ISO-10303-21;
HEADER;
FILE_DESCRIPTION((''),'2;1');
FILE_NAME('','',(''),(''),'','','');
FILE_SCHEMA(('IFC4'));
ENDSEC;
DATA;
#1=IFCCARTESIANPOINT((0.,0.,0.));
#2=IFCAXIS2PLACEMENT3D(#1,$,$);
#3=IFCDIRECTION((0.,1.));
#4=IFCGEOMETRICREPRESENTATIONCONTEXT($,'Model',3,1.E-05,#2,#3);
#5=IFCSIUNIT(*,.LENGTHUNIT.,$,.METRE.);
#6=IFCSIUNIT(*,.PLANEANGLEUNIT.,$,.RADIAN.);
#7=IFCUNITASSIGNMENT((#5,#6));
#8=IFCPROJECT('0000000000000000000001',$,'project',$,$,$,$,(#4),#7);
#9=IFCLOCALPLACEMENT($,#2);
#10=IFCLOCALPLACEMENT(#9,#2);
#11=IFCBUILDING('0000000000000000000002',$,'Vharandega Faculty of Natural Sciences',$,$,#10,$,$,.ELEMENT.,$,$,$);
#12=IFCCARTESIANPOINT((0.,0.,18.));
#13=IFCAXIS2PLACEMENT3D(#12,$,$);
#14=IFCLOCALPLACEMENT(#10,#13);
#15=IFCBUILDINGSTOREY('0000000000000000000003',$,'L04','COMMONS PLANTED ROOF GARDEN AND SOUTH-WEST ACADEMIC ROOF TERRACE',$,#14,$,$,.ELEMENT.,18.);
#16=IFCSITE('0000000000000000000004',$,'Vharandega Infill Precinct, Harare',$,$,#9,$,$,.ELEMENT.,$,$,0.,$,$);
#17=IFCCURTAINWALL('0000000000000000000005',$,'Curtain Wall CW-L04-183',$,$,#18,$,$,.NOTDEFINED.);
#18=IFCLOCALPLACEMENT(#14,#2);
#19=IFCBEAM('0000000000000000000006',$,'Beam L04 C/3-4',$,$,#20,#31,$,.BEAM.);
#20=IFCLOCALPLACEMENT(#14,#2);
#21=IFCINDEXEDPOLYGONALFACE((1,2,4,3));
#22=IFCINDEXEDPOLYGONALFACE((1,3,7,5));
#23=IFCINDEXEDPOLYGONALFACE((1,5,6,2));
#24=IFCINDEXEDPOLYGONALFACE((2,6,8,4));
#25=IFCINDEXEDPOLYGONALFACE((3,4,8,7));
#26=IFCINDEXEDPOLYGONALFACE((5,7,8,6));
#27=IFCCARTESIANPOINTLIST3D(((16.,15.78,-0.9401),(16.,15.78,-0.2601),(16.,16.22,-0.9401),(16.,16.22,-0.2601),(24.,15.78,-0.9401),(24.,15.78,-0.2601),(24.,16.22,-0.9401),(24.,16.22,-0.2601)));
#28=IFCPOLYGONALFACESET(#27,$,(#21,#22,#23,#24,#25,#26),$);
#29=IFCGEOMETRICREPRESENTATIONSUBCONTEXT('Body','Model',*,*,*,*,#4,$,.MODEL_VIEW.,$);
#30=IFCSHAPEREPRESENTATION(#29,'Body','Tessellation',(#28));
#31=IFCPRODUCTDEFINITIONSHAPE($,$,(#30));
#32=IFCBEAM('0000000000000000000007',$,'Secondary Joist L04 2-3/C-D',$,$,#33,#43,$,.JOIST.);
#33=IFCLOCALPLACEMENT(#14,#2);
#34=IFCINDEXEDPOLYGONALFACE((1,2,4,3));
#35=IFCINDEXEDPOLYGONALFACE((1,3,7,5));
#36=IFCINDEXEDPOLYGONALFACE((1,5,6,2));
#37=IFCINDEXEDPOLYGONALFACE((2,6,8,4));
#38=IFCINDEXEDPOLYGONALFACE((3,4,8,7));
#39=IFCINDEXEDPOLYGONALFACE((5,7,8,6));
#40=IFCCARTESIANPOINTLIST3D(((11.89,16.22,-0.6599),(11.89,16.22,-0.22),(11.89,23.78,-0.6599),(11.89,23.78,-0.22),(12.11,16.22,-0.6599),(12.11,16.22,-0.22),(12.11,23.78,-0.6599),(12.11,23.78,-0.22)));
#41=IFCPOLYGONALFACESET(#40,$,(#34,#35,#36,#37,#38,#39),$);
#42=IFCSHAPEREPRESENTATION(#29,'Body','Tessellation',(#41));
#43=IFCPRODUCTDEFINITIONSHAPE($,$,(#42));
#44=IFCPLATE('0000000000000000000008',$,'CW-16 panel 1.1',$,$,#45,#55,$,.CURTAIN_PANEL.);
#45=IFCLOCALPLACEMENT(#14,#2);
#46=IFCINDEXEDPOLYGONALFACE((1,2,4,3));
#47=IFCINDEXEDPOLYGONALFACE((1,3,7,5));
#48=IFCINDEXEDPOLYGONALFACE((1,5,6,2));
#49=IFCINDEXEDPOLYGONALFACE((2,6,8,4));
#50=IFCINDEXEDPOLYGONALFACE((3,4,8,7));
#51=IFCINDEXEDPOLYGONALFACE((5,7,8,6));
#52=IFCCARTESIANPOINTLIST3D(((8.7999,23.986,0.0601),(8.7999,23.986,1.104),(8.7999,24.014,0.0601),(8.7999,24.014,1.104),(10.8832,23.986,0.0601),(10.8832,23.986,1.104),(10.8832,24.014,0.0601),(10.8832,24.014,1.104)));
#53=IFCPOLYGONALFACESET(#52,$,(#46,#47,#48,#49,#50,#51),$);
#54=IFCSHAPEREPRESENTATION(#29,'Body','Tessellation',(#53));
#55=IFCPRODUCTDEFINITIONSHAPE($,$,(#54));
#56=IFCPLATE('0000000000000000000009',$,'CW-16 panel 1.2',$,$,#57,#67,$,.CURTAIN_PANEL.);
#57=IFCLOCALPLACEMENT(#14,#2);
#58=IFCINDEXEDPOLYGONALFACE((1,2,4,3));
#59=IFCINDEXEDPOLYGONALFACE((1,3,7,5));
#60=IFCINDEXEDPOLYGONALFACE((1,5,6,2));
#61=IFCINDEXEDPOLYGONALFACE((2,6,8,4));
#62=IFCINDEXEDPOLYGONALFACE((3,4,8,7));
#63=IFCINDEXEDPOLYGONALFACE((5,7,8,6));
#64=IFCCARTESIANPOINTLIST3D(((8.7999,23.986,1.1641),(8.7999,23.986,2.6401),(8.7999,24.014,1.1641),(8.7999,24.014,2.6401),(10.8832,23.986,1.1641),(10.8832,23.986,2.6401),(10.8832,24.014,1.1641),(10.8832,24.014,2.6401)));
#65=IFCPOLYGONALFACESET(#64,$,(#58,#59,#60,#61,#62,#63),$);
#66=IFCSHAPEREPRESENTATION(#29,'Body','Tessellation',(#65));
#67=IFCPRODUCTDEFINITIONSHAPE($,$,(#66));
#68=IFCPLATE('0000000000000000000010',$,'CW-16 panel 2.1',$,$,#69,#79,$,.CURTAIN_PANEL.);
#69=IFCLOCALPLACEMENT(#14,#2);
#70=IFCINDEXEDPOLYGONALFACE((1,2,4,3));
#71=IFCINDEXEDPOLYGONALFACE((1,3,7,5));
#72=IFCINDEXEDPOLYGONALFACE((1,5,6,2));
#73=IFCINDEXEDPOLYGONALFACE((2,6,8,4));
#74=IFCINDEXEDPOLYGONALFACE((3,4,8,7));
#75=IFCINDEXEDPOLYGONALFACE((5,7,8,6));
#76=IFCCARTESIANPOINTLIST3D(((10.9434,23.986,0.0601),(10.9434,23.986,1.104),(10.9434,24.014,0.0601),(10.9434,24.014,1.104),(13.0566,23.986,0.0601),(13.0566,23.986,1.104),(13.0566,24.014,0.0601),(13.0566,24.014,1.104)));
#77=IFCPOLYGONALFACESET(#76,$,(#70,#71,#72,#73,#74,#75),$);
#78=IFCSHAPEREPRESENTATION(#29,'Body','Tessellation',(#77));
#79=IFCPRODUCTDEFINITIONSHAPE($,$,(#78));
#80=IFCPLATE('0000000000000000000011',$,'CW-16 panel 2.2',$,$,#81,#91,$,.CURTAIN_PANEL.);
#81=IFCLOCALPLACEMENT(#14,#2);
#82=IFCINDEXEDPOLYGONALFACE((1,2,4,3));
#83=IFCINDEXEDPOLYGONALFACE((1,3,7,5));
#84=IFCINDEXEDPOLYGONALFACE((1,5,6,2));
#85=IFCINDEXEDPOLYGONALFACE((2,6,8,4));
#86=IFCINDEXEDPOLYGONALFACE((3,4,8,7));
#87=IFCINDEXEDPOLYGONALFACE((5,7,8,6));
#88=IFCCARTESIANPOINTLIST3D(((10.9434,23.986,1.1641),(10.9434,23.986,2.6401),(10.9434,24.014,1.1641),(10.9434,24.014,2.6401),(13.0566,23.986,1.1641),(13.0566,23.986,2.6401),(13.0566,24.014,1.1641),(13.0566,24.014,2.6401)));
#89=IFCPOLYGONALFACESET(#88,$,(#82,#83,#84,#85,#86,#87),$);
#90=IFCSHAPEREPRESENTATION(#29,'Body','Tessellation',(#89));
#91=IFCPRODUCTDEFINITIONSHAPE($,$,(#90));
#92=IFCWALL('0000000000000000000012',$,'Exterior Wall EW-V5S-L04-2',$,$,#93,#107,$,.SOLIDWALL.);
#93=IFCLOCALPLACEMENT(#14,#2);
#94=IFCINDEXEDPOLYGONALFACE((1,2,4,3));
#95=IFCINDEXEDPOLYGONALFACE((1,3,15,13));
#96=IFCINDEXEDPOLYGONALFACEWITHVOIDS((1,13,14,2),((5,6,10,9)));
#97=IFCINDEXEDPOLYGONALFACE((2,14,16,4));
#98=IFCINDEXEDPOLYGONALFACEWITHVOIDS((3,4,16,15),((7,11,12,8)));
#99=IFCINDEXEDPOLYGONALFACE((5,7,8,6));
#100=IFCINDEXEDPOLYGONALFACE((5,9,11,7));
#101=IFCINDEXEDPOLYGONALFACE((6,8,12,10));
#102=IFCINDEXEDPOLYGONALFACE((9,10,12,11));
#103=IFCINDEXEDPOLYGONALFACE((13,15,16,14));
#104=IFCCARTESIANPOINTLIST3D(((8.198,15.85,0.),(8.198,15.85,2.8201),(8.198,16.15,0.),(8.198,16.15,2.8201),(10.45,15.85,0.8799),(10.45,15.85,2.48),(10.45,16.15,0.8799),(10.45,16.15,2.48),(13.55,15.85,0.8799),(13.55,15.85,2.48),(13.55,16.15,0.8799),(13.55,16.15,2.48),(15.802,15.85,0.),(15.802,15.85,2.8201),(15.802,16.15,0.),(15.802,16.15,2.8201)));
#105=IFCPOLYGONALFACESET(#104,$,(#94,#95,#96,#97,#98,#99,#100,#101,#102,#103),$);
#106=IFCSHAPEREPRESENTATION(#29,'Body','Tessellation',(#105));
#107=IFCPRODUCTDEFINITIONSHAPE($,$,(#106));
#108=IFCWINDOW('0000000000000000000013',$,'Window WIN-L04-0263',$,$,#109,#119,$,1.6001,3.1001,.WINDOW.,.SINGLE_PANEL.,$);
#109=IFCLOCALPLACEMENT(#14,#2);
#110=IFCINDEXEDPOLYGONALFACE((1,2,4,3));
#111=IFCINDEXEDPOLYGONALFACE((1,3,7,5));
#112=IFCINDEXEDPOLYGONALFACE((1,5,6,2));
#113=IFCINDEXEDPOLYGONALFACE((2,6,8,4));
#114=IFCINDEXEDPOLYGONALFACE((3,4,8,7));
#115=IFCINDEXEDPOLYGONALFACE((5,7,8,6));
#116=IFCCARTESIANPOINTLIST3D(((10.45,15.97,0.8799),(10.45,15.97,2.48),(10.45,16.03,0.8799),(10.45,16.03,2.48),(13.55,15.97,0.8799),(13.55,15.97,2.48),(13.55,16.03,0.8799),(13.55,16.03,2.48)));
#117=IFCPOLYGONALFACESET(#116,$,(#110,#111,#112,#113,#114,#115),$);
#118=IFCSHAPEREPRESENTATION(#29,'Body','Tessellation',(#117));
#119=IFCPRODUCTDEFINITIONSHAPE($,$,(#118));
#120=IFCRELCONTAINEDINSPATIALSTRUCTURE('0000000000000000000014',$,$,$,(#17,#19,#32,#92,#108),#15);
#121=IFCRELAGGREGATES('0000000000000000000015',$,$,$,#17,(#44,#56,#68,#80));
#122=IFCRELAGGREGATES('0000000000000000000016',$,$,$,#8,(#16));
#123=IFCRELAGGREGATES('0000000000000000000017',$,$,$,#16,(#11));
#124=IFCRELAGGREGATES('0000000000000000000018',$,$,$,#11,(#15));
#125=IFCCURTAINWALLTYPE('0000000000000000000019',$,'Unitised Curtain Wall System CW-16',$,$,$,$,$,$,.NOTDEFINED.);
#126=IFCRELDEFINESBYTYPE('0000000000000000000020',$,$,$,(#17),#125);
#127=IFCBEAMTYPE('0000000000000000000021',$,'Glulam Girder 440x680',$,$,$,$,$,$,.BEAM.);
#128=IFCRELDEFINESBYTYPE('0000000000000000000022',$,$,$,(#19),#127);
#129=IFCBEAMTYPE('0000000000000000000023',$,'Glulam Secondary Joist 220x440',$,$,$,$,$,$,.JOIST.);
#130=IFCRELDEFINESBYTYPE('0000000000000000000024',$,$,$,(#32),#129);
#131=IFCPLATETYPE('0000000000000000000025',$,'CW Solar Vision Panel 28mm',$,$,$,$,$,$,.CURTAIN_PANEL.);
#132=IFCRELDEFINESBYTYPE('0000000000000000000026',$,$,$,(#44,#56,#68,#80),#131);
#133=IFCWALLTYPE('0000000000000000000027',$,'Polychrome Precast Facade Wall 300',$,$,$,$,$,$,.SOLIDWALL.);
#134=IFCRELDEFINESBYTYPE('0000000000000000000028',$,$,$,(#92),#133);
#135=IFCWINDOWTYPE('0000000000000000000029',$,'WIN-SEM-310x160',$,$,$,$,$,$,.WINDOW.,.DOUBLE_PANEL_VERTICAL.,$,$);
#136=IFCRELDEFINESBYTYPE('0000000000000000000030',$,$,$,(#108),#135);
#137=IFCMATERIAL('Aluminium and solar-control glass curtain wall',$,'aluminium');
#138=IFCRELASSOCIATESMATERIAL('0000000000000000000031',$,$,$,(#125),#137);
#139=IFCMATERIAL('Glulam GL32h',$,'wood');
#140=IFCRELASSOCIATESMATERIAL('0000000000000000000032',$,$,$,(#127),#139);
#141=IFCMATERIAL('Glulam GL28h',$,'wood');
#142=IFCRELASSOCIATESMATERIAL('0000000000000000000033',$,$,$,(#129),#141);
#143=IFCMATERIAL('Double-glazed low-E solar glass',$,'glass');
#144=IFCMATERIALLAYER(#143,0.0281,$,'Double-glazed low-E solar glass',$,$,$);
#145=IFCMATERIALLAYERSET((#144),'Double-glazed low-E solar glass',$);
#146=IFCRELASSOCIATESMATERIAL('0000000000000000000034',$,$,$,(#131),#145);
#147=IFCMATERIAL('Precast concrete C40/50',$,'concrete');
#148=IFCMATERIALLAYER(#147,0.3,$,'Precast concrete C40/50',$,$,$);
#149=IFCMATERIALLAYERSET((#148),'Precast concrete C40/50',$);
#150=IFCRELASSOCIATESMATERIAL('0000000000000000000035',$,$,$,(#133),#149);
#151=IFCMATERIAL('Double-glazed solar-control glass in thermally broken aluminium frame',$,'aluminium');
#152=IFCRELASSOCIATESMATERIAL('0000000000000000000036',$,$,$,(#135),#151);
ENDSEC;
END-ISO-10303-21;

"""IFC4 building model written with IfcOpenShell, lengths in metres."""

from ifc_helpers import new_model, si_unit, direction, frame, frame_2d, origin, origin_2d, place, context, subcontext, project, spatial, rectangle, extrude, material, layer, layer_set, material_profile, profile_set, type_object, element, fill, aggregate, save


model = new_model("IFC4")

# Units and contexts
model_context = context("Model", 3, precision=1e-05, world=origin(), true_north=direction((0.0, 1.0)))
body_context = subcontext(model_context, "Body", "Model", "MODEL_VIEW")
ifc_project = project(units=[si_unit("LENGTHUNIT", "METRE"), si_unit("PLANEANGLEUNIT", "RADIAN")], contexts=[model_context])

# Site, building, storey
site_placement = place(None, origin())
site = spatial("IfcSite", under=ifc_project, at=site_placement, Name="Vharandega Infill Precinct, Harare", CompositionType="ELEMENT", RefElevation=0.0)
building_placement = place(site_placement, origin())
building = spatial("IfcBuilding", under=site, at=building_placement, Name="Vharandega Faculty of Natural Sciences", CompositionType="ELEMENT")
storey_placement = place(building_placement, frame((0.0, 0.0, 18.0)))
storey = spatial("IfcBuildingStorey", under=building, at=storey_placement, Name="L04", Description="COMMONS PLANTED ROOF GARDEN AND SOUTH-WEST ACADEMIC ROOF TERRACE", CompositionType="ELEMENT", Elevation=18.0)

# Curtain wall
ifc_material_1 = material(Name="Aluminium and solar-control glass curtain wall", Category="aluminium")
curtain_wall_type = type_object("IfcCurtainWallType", Name="Unitised Curtain Wall System CW-16", PredefinedType="NOTDEFINED", material=ifc_material_1)
curtain_wall_placement = place(storey_placement, origin())
curtain_wall = element("IfcCurtainWall", 1, at=curtain_wall_placement, inside=storey, type_object=curtain_wall_type, Name="Curtain Wall CW-L04-183", PredefinedType="NOTDEFINED")

# Beams
ifc_material_2 = material(Name="Glulam GL32h", Category="wood")
ifc_material_profile_1 = material_profile(ifc_material_2, rectangle(XDim=0.4399, YDim=0.6799, at=origin_2d()), Name="GL32h 440x680")
ifc_profile_set_1 = profile_set([ifc_material_profile_1], Name="Glulam GL32h")
beam_type_1 = type_object("IfcBeamType", Name="Glulam Girder 440x680", PredefinedType="BEAM", material=ifc_profile_set_1)
beam_1_placement = place(storey_placement, frame((16.0, 16.0, -0.6001), z_axis=(1.0, 0.0, 0.0), x_axis=(0.0, 1.0, 0.0)))
element("IfcBeam", 2, at=beam_1_placement, inside=storey, type_object=beam_type_1, Name="Beam L04 C/3-4", PredefinedType="BEAM", context=body_context, shape_type="SweptSolid", body=[
    extrude(rectangle(XDim=0.4399, YDim=0.6799, at=origin_2d()), origin(), (0.0, 0.0, 1.0), 8.0),
])
ifc_material_3 = material(Name="Glulam GL28h", Category="wood")
ifc_material_profile_2 = material_profile(ifc_material_3, rectangle(XDim=0.22, YDim=0.4399, at=origin_2d()), Name="GL28h 220x440")
ifc_profile_set_2 = profile_set([ifc_material_profile_2], Name="Glulam GL28h")
beam_type_2 = type_object("IfcBeamType", Name="Glulam Secondary Joist 220x440", PredefinedType="JOIST", material=ifc_profile_set_2)
beam_2_placement = place(storey_placement, frame((12.0, 16.22, -0.4399), z_axis=(0.0, 1.0, 0.0), x_axis=(-1.0, 0.0, 0.0)))
element("IfcBeam", 3, at=beam_2_placement, inside=storey, type_object=beam_type_2, Name="Secondary Joist L04 2-3/C-D", PredefinedType="JOIST", context=body_context, shape_type="SweptSolid", body=[
    extrude(rectangle(XDim=0.22, YDim=0.4399, at=origin_2d()), origin(), (0.0, 0.0, 1.0), 7.5601),
])

# Plates
ifc_material_4 = material(Name="Double-glazed low-E solar glass", Category="glass")
ifc_layer_1 = layer(ifc_material_4, 0.0281, Name="Double-glazed low-E solar glass")
ifc_layer_set_1 = layer_set([ifc_layer_1], Name="Double-glazed low-E solar glass")
plate_type = type_object("IfcPlateType", Name="CW Solar Vision Panel 28mm", PredefinedType="CURTAIN_PANEL", material=ifc_layer_set_1)
plate_1_placement = place(storey_placement, frame((9.8416, 24.0, 0.0601), z_axis=(0.0, 0.0, 1.0), x_axis=(1.0, 0.0, 0.0)))
plate_1 = element("IfcPlate", 4, at=plate_1_placement, type_object=plate_type, Name="CW-16 panel 1.1", PredefinedType="CURTAIN_PANEL", context=body_context, shape_type="SweptSolid", body=[
    extrude(rectangle(XDim=2.0833, YDim=0.0281, at=origin_2d()), origin(), (0.0, 0.0, 1.0), 1.0439),
])
plate_2_placement = place(storey_placement, frame((9.8416, 24.0, 1.1641), z_axis=(0.0, 0.0, 1.0), x_axis=(1.0, 0.0, 0.0)))
plate_2 = element("IfcPlate", 5, at=plate_2_placement, type_object=plate_type, Name="CW-16 panel 1.2", PredefinedType="CURTAIN_PANEL", context=body_context, shape_type="SweptSolid", body=[
    extrude(rectangle(XDim=2.0833, YDim=0.0281, at=origin_2d()), origin(), (0.0, 0.0, 1.0), 1.4761),
])
plate_3_placement = place(storey_placement, frame((12.0, 24.0, 0.0601), z_axis=(0.0, 0.0, 1.0), x_axis=(1.0, 0.0, 0.0)))
plate_3 = element("IfcPlate", 6, at=plate_3_placement, type_object=plate_type, Name="CW-16 panel 2.1", PredefinedType="CURTAIN_PANEL", context=body_context, shape_type="SweptSolid", body=[
    extrude(rectangle(XDim=2.1133, YDim=0.0281, at=origin_2d()), origin(), (0.0, 0.0, 1.0), 1.0439),
])
plate_4_placement = place(storey_placement, frame((12.0, 24.0, 1.1641), z_axis=(0.0, 0.0, 1.0), x_axis=(1.0, 0.0, 0.0)))
plate_4 = element("IfcPlate", 7, at=plate_4_placement, type_object=plate_type, Name="CW-16 panel 2.2", PredefinedType="CURTAIN_PANEL", context=body_context, shape_type="SweptSolid", body=[
    extrude(rectangle(XDim=2.1133, YDim=0.0281, at=origin_2d()), origin(), (0.0, 0.0, 1.0), 1.4761),
])
aggregate(curtain_wall, [plate_1, plate_2, plate_3, plate_4])

# Wall, opening, window
ifc_material_5 = material(Name="Precast concrete C40/50", Category="concrete")
ifc_layer_2 = layer(ifc_material_5, 0.3, Name="Precast concrete C40/50")
ifc_layer_set_2 = layer_set([ifc_layer_2], Name="Precast concrete C40/50")
wall_type = type_object("IfcWallType", Name="Polychrome Precast Facade Wall 300", PredefinedType="SOLIDWALL", material=ifc_layer_set_2)
wall_placement = place(storey_placement, frame((15.802, 16.0, 0.0), z_axis=(0.0, 0.0, 1.0), x_axis=(-1.0, 0.0, 0.0)))
wall = element("IfcWall", 8, at=wall_placement, inside=storey, type_object=wall_type, Name="Exterior Wall EW-V5S-L04-2", PredefinedType="SOLIDWALL", context=body_context, shape_type="SweptSolid", body=[
    extrude(rectangle(XDim=7.604, YDim=0.3, at=frame_2d((3.802, 0.0))), origin(), (0.0, 0.0, 1.0), 2.8201),
])
opening_placement = place(wall_placement, frame((2.252, 0.0, 0.8799)))
opening = element("IfcOpeningElement", 9, at=opening_placement, cuts=wall, PredefinedType="OPENING", context=body_context, shape_type="SweptSolid", body=[
    extrude(rectangle(XDim=3.1001, YDim=1.6001, at=frame_2d((1.55, 0.8))), frame((0.0, 0.1602, 0.0), z_axis=(0.0, -1.0, 0.0), x_axis=(1.0, 0.0, 0.0)), (0.0, 0.0, 1.0), 0.3201),
])
ifc_material_6 = material(Name="Double-glazed solar-control glass in thermally broken aluminium frame", Category="aluminium")
window_type = type_object("IfcWindowType", Name="WIN-SEM-310x160", PartitioningType="DOUBLE_PANEL_VERTICAL", PredefinedType="WINDOW", material=ifc_material_6)
window_placement = place(opening_placement, origin())
window = element("IfcWindow", 10, at=window_placement, inside=storey, type_object=window_type, Name="Window WIN-L04-0263", OverallHeight=1.6001, OverallWidth=3.1001, PartitioningType="SINGLE_PANEL", PredefinedType="WINDOW", context=body_context, shape_type="SweptSolid", body=[
    extrude(rectangle(XDim=3.1001, YDim=1.6001, at=frame_2d((1.55, 0.8))), frame((0.0, 0.03, 0.0), z_axis=(0.0, -1.0, 0.0), x_axis=(1.0, 0.0, 0.0)), (0.0, 0.0, 1.0), 0.0601),
])
fill(opening, window)

save(model, "model.ifc")
